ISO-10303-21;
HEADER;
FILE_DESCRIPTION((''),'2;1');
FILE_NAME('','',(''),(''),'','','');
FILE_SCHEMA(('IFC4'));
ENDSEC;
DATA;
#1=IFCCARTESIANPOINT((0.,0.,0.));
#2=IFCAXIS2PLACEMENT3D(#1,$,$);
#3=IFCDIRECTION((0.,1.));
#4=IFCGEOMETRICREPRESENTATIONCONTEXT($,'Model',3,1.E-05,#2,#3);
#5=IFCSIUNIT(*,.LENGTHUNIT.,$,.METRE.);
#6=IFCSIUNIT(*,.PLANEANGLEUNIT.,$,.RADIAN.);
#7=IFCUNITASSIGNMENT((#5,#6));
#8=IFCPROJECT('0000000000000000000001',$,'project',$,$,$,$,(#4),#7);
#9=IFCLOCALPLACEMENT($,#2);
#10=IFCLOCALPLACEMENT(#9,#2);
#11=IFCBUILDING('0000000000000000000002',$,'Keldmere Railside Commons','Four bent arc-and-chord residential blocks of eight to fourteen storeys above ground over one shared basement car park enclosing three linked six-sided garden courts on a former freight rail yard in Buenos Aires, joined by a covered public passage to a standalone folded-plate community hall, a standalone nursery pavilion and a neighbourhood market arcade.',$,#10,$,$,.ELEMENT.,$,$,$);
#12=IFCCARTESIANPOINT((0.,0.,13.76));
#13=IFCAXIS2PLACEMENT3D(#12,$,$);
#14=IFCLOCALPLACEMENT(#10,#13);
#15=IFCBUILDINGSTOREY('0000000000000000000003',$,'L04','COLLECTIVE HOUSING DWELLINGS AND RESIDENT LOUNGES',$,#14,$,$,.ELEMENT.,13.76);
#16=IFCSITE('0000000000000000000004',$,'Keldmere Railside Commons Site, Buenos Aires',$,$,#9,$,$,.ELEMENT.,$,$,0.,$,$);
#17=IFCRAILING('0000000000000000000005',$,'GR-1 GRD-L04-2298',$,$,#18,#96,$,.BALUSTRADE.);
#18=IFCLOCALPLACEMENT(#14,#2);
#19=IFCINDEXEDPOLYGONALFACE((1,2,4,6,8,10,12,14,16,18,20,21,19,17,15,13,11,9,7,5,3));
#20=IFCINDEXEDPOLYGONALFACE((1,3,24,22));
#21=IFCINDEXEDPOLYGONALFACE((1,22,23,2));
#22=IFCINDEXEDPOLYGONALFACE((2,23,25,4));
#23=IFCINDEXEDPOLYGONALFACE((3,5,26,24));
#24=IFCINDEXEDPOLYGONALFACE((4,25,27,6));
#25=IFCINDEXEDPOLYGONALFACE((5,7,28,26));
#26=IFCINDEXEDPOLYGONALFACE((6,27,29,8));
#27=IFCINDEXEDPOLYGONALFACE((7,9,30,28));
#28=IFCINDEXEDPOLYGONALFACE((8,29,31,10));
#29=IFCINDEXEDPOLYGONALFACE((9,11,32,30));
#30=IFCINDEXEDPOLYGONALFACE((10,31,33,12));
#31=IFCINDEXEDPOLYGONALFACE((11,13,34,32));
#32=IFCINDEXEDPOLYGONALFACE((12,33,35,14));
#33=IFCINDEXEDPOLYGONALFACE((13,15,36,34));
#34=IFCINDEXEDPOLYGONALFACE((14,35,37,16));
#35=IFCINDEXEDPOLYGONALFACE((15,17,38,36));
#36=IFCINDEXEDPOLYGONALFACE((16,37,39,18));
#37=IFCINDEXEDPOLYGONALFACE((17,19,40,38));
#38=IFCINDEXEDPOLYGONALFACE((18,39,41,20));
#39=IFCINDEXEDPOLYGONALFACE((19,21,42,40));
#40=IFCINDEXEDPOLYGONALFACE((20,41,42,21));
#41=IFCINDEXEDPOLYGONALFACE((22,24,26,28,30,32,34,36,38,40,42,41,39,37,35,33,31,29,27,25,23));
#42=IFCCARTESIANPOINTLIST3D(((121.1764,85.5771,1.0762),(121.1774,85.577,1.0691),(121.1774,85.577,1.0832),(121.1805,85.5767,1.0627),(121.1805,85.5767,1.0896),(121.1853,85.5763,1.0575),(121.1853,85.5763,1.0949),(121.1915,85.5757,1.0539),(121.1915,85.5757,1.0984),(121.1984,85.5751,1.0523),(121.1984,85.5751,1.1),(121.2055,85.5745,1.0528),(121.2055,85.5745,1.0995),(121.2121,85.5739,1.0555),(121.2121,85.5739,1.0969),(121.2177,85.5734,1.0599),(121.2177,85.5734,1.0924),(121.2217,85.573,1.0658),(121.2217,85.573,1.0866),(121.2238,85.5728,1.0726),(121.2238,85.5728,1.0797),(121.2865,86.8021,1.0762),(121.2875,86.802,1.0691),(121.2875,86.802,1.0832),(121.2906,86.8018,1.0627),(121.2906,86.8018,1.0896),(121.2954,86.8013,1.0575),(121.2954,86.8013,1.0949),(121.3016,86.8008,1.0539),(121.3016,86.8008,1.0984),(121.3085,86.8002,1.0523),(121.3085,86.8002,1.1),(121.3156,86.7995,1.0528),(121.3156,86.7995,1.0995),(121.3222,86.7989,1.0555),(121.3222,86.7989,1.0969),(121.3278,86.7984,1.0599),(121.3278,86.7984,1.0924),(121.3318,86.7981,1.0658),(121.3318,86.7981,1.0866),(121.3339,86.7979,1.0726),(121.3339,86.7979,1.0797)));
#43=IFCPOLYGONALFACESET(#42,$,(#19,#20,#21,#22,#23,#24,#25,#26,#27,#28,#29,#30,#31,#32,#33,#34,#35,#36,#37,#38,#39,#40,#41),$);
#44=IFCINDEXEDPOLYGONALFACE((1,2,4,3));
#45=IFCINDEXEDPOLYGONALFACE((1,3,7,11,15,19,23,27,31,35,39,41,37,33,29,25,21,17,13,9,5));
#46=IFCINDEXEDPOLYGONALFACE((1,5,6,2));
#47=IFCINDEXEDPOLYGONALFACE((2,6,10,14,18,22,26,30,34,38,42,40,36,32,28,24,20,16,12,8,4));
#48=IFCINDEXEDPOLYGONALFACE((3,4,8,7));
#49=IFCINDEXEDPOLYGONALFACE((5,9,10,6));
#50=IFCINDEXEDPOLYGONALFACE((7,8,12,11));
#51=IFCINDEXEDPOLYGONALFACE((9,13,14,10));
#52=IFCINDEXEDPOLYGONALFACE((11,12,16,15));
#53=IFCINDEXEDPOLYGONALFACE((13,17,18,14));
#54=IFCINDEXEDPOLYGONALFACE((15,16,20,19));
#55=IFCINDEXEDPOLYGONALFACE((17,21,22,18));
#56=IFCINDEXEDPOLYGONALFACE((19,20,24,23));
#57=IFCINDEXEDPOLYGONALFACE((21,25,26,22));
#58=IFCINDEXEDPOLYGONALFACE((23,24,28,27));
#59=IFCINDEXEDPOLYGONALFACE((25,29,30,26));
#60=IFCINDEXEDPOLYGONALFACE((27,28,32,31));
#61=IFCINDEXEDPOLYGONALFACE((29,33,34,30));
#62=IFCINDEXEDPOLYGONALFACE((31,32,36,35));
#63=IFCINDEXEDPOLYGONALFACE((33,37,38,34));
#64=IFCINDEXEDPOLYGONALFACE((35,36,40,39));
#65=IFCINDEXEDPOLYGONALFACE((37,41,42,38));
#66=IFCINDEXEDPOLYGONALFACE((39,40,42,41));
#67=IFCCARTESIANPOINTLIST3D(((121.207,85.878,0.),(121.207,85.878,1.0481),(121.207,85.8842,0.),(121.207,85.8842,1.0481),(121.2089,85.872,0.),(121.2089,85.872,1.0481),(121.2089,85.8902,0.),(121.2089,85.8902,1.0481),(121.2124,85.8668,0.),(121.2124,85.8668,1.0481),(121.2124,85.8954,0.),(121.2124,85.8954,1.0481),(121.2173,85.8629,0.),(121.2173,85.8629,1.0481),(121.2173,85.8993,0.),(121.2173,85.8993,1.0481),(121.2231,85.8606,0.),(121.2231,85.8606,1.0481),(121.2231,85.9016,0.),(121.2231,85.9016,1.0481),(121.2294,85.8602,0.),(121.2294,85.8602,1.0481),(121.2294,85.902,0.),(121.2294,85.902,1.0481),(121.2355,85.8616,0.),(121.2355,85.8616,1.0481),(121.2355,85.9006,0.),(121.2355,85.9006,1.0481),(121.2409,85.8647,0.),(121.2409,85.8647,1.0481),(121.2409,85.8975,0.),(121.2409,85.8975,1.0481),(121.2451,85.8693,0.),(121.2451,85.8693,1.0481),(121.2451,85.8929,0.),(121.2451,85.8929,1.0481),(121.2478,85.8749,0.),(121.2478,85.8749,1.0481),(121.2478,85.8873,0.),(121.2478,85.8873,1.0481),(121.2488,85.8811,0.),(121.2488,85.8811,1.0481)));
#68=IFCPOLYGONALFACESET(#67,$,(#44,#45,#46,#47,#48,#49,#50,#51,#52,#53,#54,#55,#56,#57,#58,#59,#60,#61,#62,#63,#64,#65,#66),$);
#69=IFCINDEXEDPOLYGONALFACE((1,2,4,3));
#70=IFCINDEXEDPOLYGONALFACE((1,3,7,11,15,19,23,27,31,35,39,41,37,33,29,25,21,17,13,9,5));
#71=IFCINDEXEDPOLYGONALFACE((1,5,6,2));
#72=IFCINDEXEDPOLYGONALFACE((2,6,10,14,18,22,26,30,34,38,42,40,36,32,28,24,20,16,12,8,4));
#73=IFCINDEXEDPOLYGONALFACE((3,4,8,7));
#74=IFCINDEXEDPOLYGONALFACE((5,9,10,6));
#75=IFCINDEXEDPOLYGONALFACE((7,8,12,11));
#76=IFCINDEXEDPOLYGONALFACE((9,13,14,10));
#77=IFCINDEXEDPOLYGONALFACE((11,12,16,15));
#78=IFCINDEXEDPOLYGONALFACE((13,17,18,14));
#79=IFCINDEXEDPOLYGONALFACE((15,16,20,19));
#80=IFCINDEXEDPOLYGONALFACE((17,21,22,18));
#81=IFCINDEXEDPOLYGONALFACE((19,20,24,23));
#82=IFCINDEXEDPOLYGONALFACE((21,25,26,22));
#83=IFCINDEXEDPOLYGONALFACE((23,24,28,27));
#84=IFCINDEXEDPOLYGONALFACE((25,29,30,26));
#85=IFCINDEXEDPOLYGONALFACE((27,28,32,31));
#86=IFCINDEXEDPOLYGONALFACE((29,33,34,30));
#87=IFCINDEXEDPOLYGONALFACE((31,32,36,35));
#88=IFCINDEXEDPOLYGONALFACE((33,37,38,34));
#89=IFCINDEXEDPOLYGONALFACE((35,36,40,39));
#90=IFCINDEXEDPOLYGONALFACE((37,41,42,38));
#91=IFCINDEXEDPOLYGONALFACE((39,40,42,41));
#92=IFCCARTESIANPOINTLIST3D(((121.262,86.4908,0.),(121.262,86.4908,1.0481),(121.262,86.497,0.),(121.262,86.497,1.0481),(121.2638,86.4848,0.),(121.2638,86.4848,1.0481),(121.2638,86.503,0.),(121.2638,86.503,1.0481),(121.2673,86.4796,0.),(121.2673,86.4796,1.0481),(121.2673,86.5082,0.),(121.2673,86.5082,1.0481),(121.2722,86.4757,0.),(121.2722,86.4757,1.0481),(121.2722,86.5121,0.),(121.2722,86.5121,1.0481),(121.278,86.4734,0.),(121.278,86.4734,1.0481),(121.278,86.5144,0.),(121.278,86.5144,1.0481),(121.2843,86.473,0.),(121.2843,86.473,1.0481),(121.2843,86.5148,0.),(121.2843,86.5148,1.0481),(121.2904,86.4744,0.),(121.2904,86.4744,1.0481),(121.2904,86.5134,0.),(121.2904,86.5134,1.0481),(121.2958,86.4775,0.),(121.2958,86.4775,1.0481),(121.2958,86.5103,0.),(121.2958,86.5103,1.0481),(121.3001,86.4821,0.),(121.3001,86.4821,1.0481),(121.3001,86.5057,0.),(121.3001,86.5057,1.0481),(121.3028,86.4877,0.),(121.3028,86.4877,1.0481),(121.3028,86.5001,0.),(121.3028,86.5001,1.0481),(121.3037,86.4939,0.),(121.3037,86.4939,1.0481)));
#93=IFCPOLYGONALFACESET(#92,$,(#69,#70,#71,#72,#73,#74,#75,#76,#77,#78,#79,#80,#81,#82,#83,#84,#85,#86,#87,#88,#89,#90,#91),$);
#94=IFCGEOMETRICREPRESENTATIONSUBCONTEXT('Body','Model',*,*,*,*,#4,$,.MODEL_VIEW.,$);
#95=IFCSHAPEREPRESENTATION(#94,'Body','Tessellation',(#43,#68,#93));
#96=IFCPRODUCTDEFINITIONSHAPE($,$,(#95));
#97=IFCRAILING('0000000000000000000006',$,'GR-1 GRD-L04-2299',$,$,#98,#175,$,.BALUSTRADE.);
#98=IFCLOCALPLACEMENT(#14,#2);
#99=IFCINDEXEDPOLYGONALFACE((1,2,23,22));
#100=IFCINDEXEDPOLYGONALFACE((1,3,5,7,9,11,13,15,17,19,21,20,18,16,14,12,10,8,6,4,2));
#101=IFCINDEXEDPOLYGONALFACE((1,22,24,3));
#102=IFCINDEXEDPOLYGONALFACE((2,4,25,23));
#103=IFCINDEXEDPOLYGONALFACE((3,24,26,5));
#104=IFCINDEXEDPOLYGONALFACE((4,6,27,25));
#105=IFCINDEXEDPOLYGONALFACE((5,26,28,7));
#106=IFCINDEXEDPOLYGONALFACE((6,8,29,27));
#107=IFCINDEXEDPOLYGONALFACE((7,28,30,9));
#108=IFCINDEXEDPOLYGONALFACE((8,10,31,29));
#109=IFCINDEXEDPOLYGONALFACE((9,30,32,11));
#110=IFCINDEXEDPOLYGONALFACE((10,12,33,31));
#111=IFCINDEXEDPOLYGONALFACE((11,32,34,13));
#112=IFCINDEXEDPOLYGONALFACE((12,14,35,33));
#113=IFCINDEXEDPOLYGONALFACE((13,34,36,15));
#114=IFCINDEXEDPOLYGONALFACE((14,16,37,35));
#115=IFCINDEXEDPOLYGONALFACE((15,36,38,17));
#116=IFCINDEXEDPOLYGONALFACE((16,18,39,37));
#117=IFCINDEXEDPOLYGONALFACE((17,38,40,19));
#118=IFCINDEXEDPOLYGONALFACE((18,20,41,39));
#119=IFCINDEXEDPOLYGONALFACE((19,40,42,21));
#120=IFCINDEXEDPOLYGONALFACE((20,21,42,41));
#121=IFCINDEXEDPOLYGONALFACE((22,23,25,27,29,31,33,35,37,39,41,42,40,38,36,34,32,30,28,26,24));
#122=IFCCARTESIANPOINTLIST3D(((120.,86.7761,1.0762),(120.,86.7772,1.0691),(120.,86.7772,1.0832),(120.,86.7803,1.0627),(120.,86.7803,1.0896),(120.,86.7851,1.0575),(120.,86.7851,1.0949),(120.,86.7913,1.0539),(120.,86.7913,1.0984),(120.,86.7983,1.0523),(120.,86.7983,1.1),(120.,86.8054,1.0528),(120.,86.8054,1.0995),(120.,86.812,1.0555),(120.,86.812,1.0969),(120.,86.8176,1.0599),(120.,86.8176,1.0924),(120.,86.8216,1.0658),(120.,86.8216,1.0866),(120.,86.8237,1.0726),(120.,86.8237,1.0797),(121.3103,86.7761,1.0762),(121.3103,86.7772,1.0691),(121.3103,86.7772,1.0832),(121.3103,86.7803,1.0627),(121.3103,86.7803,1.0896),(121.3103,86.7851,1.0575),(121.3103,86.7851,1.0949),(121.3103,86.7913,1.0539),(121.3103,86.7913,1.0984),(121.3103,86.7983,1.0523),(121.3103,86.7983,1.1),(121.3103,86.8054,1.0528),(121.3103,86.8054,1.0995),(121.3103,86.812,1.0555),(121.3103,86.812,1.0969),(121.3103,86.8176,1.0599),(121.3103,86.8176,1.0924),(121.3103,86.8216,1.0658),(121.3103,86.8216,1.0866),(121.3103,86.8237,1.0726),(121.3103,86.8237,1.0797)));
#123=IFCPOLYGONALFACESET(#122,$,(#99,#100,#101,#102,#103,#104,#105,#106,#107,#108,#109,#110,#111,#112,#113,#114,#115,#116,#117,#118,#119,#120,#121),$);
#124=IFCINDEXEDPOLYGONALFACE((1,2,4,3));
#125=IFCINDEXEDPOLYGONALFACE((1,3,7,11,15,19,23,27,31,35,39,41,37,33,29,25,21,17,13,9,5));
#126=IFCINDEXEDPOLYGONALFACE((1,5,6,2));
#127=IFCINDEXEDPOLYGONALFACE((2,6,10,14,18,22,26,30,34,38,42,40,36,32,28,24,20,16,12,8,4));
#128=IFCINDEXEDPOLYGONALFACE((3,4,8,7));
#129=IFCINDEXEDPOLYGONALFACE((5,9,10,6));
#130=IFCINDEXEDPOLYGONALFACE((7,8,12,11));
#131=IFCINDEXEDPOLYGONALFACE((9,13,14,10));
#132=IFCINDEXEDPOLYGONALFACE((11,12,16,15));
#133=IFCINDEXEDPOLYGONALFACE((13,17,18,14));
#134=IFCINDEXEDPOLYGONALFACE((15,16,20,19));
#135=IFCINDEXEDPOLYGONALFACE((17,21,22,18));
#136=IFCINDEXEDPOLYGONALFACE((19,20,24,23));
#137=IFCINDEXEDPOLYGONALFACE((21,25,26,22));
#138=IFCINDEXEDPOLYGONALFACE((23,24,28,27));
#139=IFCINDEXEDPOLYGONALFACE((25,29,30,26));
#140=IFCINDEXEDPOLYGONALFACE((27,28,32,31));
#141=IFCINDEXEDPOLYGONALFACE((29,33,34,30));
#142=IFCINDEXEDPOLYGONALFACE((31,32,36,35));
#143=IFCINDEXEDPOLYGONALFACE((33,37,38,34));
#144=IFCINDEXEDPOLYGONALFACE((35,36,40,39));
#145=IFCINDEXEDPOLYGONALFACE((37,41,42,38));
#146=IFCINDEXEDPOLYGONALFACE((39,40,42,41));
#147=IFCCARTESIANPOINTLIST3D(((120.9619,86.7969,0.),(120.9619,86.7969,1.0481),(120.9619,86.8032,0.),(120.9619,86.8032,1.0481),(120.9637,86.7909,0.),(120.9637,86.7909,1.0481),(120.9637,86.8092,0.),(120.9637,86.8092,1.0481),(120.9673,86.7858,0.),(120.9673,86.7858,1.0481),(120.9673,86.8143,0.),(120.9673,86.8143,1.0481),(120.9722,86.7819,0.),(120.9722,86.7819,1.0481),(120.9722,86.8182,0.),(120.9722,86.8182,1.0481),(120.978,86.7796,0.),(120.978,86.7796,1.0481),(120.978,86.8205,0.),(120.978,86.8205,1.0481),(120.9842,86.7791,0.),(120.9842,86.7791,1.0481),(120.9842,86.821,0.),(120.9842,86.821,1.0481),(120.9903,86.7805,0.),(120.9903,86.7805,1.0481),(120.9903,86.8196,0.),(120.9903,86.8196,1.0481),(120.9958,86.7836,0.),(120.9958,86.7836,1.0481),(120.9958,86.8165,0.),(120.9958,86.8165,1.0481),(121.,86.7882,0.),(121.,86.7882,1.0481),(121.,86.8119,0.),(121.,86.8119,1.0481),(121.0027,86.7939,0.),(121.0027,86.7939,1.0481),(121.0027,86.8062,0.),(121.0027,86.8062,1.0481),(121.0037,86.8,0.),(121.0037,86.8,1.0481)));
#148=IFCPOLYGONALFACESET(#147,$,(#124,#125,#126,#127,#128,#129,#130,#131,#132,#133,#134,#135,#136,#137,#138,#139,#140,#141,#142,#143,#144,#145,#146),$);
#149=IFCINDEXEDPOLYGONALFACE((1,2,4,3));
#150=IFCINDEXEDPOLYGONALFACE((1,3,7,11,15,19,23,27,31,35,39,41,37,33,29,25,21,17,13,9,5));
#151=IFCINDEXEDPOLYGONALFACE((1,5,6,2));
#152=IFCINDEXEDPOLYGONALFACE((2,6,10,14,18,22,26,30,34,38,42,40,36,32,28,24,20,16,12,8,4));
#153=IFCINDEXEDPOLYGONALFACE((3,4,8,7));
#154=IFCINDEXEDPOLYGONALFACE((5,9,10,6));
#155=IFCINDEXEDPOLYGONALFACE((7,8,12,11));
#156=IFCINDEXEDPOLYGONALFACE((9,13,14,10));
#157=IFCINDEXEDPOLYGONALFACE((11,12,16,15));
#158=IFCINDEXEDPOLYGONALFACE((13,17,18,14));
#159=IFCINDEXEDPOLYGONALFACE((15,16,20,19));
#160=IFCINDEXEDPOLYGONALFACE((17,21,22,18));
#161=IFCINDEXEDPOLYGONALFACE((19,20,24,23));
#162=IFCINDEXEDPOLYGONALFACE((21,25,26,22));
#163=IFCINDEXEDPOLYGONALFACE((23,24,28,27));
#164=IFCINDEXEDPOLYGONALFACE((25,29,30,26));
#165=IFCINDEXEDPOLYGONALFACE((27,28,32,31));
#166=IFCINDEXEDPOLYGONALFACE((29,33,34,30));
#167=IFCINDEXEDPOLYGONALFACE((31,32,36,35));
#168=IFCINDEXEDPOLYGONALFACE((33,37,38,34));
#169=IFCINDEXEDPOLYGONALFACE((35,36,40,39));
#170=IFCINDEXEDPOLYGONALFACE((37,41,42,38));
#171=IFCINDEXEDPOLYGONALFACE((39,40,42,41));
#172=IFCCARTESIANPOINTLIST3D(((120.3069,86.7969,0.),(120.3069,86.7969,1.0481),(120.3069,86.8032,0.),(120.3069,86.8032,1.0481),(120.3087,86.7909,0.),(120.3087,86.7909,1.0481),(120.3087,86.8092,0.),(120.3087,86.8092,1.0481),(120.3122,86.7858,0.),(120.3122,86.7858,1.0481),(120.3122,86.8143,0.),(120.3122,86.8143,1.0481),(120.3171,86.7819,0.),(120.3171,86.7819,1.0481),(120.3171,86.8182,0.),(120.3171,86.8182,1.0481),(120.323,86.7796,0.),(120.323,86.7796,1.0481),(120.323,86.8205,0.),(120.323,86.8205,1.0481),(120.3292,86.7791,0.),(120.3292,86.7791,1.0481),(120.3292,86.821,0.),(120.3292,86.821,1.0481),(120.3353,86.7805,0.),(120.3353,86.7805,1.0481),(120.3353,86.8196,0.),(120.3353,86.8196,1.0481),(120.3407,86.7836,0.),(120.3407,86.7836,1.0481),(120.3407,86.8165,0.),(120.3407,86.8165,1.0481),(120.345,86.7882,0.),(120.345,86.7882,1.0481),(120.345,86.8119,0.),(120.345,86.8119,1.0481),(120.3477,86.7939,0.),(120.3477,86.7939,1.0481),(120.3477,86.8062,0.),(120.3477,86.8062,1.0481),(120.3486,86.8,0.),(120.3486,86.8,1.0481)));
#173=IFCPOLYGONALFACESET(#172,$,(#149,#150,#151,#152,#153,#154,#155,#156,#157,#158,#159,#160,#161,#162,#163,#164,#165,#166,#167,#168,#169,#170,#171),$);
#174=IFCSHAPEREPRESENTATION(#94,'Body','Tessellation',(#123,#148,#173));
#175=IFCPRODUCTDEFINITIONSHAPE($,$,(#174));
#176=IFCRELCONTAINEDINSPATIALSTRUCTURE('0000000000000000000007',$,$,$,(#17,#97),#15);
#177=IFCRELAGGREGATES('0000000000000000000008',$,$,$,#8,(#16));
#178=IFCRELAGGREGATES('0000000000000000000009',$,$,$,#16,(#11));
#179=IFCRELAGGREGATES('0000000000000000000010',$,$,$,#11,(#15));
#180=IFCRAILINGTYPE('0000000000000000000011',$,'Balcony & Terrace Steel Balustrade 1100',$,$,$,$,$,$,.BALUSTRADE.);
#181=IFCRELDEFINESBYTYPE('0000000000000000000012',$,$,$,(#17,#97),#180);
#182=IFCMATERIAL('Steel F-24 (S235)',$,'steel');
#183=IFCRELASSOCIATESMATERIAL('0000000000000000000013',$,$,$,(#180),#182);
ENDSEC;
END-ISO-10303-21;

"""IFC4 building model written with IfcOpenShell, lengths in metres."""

from ifc_helpers import new_model, si_unit, direction, frame, origin, origin_2d, place, context, subcontext, project, spatial, circle, extrude, material, type_object, element, save


model = new_model("IFC4")

# Units and contexts
model_context = context("Model", 3, precision=1e-05, world=origin(), true_north=direction((0.0, 1.0)))
body_context = subcontext(model_context, "Body", "Model", "MODEL_VIEW")
ifc_project = project(units=[si_unit("LENGTHUNIT", "METRE"), si_unit("PLANEANGLEUNIT", "RADIAN")], contexts=[model_context])

# Site, building, storey
site_placement = place(None, origin())
site = spatial("IfcSite", under=ifc_project, at=site_placement, Name="Keldmere Railside Commons Site, Buenos Aires", CompositionType="ELEMENT", RefElevation=0.0)
building_placement = place(site_placement, origin())
building = spatial("IfcBuilding", under=site, at=building_placement, Name="Keldmere Railside Commons", Description="Four bent arc-and-chord residential blocks of eight to fourteen storeys above ground over one shared basement car park enclosing three linked six-sided garden courts on a former freight rail yard in Buenos Aires, joined by a covered public passage to a standalone folded-plate community hall, a standalone nursery pavilion and a neighbourhood market arcade.", CompositionType="ELEMENT")
storey_placement = place(building_placement, frame((0.0, 0.0, 13.76)))
storey = spatial("IfcBuildingStorey", under=building, at=storey_placement, Name="L04", Description="COLLECTIVE HOUSING DWELLINGS AND RESIDENT LOUNGES", CompositionType="ELEMENT", Elevation=13.76)

# Railings
ifc_material_1 = material(Name="Steel F-24 (S235)", Category="steel")
railing_type = type_object("IfcRailingType", Name="Balcony & Terrace Steel Balustrade 1100", PredefinedType="BALUSTRADE", material=ifc_material_1)
railing_1_placement = place(storey_placement, frame((121.2002, 85.575, 0.0)))
element("IfcRailing", 1, at=railing_1_placement, inside=storey, type_object=railing_type, Name="GR-1 GRD-L04-2298", PredefinedType="BALUSTRADE", context=body_context, shape_type="SweptSolid", body=[
    extrude(circle(Radius=0.0239, at=origin_2d()), frame((0.0, 0.0, 1.0762), z_axis=(0.089516, 0.995985, 0.0), x_axis=(-0.995985, 0.089516, 0.0)), (0.0, 0.0, 1.0), 1.23),
    extrude(circle(Radius=0.021, at=origin_2d()), frame((0.0276, 0.3062, 0.0)), (0.0, 0.0, 1.0), 1.0481),
    extrude(circle(Radius=0.021, at=origin_2d()), frame((0.0825, 0.9189, 0.0)), (0.0, 0.0, 1.0), 1.0481),
])
railing_2_placement = place(storey_placement, frame((121.3103, 86.8, 0.0)))
element("IfcRailing", 2, at=railing_2_placement, inside=storey, type_object=railing_type, Name="GR-1 GRD-L04-2299", PredefinedType="BALUSTRADE", context=body_context, shape_type="SweptSolid", body=[
    extrude(circle(Radius=0.0239, at=origin_2d()), frame((0.0, 0.0, 1.0762), z_axis=(-1.0, 0.0, 0.0), x_axis=(0.0, -1.0, 0.0)), (0.0, 0.0, 1.0), 1.3103),
    extrude(circle(Radius=0.021, at=origin_2d()), frame((-0.3276, 0.0, 0.0)), (0.0, 0.0, 1.0), 1.0481),
    extrude(circle(Radius=0.021, at=origin_2d()), frame((-0.9827, 0.0, 0.0)), (0.0, 0.0, 1.0), 1.0481),
])

save(model, "model.ifc")
